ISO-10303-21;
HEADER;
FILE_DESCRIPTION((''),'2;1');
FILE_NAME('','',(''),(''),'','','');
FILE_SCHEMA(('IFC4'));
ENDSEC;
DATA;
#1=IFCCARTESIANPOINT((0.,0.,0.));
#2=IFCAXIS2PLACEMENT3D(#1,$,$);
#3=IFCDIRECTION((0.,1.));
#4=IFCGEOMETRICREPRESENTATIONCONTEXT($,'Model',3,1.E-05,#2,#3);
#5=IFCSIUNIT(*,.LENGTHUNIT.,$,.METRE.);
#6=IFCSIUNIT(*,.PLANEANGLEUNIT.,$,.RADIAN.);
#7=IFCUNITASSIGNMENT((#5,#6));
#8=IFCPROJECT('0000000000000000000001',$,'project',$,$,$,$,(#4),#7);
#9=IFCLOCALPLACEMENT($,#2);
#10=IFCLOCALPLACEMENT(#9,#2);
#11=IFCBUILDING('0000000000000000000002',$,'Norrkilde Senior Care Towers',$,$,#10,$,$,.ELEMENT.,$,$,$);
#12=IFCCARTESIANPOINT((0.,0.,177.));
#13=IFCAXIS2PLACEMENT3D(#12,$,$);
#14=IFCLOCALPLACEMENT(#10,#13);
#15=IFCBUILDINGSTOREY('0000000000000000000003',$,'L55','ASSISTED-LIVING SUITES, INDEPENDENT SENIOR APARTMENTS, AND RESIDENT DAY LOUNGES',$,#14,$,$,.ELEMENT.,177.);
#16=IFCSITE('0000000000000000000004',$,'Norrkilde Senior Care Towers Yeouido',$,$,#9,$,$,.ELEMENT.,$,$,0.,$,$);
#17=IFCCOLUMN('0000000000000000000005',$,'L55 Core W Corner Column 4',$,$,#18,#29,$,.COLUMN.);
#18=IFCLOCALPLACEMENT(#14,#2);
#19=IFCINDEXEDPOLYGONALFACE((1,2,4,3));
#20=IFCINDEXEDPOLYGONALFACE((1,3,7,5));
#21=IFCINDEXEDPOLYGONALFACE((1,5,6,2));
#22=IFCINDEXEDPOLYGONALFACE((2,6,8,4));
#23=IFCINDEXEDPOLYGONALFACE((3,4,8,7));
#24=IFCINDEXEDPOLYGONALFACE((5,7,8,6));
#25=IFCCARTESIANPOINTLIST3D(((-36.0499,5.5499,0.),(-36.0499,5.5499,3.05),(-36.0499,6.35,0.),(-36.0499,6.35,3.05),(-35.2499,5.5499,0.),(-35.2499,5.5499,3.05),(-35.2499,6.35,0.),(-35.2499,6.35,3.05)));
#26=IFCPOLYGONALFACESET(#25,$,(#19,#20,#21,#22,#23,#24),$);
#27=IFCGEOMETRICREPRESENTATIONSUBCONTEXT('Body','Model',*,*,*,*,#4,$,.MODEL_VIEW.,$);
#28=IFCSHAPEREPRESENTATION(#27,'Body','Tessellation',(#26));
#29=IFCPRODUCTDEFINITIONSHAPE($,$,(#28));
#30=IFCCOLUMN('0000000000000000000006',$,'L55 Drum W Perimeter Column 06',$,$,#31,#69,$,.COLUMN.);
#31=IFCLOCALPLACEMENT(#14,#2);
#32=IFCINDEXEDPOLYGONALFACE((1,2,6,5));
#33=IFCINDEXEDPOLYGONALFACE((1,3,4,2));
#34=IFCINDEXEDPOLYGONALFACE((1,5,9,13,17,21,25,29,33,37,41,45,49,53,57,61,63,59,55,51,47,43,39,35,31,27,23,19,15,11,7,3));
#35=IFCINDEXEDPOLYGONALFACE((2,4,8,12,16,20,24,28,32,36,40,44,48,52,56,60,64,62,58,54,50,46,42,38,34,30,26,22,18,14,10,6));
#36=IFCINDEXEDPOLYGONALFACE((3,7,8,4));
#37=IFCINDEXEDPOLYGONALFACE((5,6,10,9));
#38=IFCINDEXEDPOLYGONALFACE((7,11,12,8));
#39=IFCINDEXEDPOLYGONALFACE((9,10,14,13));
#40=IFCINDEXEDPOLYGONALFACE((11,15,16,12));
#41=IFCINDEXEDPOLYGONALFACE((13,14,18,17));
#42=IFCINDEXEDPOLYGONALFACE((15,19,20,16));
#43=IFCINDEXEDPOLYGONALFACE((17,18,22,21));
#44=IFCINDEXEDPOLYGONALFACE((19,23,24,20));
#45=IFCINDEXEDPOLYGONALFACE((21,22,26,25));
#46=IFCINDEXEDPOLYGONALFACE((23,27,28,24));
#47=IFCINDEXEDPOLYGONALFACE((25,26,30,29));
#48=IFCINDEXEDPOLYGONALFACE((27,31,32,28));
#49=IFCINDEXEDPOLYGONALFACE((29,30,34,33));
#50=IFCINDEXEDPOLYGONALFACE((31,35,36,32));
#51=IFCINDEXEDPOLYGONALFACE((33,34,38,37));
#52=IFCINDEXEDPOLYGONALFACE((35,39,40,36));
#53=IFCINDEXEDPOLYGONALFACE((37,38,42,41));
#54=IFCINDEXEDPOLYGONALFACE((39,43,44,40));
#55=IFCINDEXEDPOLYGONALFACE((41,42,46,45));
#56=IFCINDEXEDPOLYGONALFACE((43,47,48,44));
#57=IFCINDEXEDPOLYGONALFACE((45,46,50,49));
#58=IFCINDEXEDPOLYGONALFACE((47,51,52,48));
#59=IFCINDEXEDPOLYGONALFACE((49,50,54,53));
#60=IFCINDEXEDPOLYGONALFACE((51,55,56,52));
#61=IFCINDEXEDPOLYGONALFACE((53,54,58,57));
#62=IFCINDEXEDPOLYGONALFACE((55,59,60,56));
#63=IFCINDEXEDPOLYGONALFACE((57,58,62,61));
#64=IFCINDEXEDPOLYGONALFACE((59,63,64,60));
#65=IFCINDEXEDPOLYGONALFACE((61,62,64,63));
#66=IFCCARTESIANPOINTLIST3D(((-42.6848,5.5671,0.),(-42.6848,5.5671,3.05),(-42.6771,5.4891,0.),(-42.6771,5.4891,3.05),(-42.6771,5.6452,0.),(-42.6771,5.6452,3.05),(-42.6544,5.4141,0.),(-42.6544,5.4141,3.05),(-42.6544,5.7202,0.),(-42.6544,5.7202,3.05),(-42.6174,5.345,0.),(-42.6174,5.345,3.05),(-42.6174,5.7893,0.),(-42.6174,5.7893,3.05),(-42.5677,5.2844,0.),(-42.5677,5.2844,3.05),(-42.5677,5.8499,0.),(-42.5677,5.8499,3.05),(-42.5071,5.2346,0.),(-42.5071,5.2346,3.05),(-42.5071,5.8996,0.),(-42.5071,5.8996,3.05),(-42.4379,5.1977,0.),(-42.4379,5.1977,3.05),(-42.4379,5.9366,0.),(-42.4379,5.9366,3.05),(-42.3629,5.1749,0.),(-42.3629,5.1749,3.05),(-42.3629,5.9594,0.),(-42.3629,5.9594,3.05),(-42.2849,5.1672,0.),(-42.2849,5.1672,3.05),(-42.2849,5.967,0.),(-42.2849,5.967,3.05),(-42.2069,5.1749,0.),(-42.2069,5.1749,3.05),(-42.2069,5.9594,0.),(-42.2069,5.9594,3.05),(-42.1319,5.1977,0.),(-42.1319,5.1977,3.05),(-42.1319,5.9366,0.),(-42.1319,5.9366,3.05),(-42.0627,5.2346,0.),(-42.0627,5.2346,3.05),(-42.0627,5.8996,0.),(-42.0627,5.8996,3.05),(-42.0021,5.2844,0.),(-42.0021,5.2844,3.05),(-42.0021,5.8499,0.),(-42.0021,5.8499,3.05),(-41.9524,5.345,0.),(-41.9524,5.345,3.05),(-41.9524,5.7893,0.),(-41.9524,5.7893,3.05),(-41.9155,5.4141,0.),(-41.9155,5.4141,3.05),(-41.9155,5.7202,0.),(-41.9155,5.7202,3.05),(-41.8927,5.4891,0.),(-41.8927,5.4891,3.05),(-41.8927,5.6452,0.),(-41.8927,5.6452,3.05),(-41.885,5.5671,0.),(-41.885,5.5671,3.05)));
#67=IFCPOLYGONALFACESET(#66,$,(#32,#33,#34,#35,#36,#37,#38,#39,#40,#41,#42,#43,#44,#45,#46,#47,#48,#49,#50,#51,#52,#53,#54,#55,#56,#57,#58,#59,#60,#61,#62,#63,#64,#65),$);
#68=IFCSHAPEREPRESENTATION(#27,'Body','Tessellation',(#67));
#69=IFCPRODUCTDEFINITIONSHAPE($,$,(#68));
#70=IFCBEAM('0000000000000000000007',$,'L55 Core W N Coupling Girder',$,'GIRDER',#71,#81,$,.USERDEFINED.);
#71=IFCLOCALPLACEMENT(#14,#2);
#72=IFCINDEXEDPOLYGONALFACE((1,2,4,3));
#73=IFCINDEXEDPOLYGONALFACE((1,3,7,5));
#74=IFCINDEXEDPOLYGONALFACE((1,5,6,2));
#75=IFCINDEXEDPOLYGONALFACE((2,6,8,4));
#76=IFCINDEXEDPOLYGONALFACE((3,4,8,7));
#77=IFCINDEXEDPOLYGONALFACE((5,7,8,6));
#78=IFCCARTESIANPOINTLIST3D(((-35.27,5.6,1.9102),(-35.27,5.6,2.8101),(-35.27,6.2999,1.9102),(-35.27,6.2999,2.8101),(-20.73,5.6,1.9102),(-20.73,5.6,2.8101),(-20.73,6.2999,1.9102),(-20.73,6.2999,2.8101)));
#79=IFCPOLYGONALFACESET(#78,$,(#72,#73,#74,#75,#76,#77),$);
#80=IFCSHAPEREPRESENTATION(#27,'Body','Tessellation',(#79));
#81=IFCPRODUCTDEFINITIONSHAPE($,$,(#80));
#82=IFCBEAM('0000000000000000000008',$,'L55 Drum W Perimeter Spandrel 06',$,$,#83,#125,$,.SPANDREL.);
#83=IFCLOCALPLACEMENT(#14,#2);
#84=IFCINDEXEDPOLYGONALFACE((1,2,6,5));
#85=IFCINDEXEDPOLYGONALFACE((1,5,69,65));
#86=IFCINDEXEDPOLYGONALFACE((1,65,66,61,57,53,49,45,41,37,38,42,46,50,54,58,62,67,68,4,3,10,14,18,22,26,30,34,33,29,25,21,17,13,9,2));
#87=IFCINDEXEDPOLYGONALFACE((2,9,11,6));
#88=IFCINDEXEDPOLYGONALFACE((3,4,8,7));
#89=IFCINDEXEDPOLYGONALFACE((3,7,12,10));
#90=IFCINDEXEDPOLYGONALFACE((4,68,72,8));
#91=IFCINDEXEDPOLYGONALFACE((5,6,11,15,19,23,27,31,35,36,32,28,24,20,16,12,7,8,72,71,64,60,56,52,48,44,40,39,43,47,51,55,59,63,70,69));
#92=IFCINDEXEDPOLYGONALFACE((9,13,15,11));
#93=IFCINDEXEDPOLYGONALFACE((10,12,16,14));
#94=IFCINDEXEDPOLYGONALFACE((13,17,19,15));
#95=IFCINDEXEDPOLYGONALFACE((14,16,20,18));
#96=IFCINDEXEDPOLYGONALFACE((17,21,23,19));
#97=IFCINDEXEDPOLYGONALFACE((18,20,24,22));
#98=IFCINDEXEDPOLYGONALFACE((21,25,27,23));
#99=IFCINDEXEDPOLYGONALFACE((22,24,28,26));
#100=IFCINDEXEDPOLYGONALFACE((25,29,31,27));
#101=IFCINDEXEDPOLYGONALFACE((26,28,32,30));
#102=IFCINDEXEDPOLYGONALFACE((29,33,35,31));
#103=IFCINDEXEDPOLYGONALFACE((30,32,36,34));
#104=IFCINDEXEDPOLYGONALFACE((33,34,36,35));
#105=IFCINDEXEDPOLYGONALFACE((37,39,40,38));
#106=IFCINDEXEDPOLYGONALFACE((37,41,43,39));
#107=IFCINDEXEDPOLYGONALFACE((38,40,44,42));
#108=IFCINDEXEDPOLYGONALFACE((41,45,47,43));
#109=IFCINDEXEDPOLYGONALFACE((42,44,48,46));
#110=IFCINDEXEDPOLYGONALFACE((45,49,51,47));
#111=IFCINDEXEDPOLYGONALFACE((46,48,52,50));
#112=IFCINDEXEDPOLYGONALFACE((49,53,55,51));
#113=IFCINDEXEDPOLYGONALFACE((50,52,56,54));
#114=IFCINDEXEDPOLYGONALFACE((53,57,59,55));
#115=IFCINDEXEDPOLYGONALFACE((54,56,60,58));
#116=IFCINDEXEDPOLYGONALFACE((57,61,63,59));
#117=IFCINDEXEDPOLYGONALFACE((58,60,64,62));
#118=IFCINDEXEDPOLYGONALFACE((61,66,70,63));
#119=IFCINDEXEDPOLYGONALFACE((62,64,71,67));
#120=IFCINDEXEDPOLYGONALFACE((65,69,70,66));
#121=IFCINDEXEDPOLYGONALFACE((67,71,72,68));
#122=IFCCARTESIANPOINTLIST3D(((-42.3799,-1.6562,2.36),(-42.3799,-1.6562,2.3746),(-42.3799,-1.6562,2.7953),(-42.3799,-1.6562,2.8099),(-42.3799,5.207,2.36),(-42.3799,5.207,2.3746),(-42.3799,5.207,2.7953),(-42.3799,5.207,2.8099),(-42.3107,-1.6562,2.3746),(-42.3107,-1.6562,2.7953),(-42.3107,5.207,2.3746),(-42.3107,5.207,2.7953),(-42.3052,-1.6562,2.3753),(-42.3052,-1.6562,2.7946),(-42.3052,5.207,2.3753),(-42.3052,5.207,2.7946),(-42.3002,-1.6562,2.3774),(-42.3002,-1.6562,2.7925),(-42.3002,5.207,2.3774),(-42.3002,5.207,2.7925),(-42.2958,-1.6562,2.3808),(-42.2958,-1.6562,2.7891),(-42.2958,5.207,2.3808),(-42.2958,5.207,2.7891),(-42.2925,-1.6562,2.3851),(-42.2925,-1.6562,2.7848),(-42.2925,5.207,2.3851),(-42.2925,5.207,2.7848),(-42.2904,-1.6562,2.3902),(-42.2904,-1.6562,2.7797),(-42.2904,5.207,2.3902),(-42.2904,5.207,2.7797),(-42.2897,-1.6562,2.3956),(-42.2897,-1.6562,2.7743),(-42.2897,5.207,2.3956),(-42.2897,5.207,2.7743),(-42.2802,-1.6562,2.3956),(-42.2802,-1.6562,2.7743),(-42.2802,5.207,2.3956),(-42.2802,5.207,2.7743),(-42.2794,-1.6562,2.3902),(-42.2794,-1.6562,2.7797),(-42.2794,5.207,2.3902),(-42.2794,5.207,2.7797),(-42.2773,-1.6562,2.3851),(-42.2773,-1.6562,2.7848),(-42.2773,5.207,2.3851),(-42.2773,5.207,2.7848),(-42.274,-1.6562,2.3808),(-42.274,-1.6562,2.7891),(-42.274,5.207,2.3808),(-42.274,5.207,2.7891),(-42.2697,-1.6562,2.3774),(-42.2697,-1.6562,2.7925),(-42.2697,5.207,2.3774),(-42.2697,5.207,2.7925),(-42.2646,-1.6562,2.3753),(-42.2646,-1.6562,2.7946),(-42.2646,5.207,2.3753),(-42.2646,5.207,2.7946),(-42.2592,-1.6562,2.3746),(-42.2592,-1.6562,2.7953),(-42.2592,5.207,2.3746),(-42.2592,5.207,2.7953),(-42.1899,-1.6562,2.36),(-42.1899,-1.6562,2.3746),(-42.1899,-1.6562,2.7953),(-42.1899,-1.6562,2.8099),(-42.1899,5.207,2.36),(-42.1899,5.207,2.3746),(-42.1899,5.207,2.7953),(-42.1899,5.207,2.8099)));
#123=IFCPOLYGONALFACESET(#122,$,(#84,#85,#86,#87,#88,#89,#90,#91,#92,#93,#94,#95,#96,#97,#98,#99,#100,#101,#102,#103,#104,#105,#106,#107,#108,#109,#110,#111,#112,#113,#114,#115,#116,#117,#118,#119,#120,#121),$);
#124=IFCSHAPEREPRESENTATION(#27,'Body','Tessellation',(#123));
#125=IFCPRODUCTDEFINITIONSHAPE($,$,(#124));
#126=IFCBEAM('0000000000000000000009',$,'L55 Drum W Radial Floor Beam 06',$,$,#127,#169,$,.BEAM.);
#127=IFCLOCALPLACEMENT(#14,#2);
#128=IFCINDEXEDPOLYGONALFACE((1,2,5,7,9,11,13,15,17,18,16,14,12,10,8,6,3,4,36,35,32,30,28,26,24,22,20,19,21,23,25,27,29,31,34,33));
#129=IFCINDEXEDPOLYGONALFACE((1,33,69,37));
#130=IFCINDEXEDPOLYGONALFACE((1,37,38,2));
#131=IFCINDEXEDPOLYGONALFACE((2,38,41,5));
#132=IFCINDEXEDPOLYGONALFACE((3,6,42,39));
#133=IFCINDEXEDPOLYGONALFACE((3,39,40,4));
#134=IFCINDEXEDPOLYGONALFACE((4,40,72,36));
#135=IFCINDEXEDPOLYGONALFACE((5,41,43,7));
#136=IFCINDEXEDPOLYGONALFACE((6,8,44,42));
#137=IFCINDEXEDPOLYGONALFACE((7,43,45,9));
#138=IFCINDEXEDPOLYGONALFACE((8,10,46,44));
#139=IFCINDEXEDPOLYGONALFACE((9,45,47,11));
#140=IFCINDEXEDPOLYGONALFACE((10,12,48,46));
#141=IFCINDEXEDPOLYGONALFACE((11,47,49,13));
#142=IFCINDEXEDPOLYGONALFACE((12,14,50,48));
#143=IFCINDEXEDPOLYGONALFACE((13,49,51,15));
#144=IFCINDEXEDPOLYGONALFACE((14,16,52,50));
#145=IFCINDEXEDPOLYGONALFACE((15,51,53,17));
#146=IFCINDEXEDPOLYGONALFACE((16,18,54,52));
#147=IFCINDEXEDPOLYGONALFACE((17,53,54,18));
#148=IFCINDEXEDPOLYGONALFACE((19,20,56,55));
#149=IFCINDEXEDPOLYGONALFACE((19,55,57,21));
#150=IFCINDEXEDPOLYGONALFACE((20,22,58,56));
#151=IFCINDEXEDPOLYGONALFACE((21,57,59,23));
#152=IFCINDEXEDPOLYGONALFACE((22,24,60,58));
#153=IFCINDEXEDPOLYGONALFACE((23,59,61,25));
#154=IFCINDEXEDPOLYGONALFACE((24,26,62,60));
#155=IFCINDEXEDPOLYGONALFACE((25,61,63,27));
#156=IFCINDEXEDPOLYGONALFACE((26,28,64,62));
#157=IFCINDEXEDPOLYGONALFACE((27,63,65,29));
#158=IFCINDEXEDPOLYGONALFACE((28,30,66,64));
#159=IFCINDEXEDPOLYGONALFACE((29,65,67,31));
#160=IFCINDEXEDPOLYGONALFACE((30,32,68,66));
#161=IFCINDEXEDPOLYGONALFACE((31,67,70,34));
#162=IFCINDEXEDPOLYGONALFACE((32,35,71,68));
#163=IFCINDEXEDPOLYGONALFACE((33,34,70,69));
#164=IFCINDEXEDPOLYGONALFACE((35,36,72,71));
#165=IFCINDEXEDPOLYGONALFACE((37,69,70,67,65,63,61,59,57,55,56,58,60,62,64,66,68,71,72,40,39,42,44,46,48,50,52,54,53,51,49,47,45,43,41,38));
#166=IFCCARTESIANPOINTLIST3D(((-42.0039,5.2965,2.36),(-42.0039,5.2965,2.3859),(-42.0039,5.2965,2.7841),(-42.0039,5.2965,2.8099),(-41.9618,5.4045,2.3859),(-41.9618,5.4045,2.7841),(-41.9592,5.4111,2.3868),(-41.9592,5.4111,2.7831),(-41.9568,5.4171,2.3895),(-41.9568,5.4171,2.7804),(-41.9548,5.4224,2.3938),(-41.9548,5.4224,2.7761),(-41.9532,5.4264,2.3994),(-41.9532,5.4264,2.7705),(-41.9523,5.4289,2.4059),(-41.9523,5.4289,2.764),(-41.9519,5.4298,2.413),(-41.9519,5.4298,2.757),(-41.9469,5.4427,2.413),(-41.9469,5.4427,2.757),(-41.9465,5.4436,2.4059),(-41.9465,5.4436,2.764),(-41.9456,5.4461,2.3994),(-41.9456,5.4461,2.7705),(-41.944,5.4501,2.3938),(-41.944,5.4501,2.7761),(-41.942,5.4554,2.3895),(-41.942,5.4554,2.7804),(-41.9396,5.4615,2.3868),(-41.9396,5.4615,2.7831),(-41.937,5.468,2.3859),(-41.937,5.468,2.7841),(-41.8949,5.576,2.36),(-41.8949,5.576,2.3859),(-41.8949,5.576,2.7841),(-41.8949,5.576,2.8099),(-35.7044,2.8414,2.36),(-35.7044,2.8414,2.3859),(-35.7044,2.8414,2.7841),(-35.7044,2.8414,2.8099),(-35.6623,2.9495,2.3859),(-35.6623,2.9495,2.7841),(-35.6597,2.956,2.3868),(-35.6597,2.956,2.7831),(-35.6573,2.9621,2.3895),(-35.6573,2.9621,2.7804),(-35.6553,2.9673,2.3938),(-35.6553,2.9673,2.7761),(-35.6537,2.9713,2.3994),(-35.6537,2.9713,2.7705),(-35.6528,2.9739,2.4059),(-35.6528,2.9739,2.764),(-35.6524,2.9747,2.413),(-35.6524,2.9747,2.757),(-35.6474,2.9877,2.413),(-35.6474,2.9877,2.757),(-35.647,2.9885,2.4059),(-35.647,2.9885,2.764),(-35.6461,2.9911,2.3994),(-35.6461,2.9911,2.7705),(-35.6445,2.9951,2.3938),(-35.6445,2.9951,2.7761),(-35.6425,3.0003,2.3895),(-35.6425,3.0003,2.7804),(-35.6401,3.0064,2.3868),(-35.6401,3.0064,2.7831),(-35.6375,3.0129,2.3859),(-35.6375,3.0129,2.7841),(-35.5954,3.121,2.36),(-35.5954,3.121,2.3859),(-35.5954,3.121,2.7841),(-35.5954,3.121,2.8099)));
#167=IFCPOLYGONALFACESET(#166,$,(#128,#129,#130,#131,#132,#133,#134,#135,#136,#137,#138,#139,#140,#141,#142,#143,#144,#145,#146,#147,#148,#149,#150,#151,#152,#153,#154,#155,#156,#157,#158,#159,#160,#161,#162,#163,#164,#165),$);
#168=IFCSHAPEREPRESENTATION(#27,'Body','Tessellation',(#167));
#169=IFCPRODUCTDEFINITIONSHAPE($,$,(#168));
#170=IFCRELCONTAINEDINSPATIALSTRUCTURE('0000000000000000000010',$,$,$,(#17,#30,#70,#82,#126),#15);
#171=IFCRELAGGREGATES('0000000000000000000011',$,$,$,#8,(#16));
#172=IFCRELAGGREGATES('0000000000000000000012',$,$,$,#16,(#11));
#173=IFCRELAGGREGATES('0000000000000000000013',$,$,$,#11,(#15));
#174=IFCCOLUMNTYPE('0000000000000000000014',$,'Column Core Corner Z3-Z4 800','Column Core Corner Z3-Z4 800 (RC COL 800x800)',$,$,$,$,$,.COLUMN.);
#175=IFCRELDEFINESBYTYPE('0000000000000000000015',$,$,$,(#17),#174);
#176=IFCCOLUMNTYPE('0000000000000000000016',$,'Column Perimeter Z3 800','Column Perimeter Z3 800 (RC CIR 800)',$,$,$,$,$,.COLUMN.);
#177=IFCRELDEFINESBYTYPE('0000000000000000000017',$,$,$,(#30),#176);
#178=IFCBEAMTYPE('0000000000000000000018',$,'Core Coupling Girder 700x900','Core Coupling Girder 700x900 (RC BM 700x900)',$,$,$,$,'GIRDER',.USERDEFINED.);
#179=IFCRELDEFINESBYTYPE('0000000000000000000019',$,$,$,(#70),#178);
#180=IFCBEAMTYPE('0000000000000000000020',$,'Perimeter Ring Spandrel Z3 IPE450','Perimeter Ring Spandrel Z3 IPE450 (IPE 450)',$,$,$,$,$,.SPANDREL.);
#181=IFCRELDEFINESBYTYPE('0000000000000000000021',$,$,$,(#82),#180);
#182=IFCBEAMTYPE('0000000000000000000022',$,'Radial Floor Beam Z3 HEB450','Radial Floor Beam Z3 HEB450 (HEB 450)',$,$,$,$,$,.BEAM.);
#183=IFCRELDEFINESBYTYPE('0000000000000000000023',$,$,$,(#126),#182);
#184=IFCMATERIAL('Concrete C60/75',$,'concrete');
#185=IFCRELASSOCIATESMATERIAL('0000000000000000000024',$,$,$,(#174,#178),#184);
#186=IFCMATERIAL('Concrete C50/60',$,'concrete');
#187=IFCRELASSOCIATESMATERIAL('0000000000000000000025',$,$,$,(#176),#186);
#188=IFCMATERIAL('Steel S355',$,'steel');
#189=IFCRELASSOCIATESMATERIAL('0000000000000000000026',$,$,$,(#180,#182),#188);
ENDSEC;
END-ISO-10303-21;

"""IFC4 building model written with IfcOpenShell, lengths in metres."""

from ifc_helpers import new_model, si_unit, direction, frame, origin, origin_2d, place, context, subcontext, project, spatial, rectangle, circle, i_section, extrude, source, transform, mapped, material, material_profile, profile_set, type_object, type_shapes, element, save


model = new_model("IFC4")

# Units and contexts
model_context = context("Model", 3, precision=1e-05, world=origin(), true_north=direction((0.0, 1.0)))
body_context = subcontext(model_context, "Body", "Model", "MODEL_VIEW")
ifc_project = project(units=[si_unit("LENGTHUNIT", "METRE"), si_unit("PLANEANGLEUNIT", "RADIAN")], contexts=[model_context])

# Site, building, storey
site_placement = place(None, origin())
site = spatial("IfcSite", under=ifc_project, at=site_placement, Name="Norrkilde Senior Care Towers Yeouido", CompositionType="ELEMENT", RefElevation=0.0)
building_placement = place(site_placement, origin())
building = spatial("IfcBuilding", under=site, at=building_placement, Name="Norrkilde Senior Care Towers", CompositionType="ELEMENT")
storey_placement = place(building_placement, frame((0.0, 0.0, 177.0)))
storey = spatial("IfcBuildingStorey", under=building, at=storey_placement, Name="L55", Description="ASSISTED-LIVING SUITES, INDEPENDENT SENIOR APARTMENTS, AND RESIDENT DAY LOUNGES", CompositionType="ELEMENT", Elevation=177.0)

# Columns
ifc_material_1 = material(Name="Concrete C60/75", Category="concrete")
ifc_material_profile_1 = material_profile(ifc_material_1, rectangle(XDim=0.8, YDim=0.8, at=origin_2d()), Name="RC COL 800x800")
ifc_profile_set_1 = profile_set([ifc_material_profile_1], Name="Concrete C60/75")
column_type_1 = type_object("IfcColumnType", Name="Column Core Corner Z3-Z4 800", Description="Column Core Corner Z3-Z4 800 (RC COL 800x800)", PredefinedType="COLUMN", material=ifc_profile_set_1)
shared_shape_1 = source(origin(), body_context, "Body", "SweptSolid", [
    extrude(rectangle(XDim=0.8, YDim=0.8, at=origin_2d()), origin(), (0.0, 0.0, 1.0), 3.05),
])
type_shapes(column_type_1, [shared_shape_1])
column_1_placement = place(storey_placement, frame((-35.6499, 5.95, 0.0), z_axis=(0.0, 0.0, 1.0), x_axis=(1.0, 0.0, 0.0)))
element("IfcColumn", 1, at=column_1_placement, inside=storey, type_object=column_type_1, Name="L55 Core W Corner Column 4", PredefinedType="COLUMN", context=body_context, shape_type="MappedRepresentation", body=[
    mapped(shared_shape_1, transform((0.0, 0.0, 0.0), x_axis=(1.0, 0.0, 0.0), y_axis=(0.0, 1.0, 0.0), z_axis=(0.0, 0.0, 1.0), scale=1.0)),
])
ifc_material_2 = material(Name="Concrete C50/60", Category="concrete")
ifc_material_profile_2 = material_profile(ifc_material_2, circle(Radius=0.3999, at=origin_2d()), Name="RC CIR 800")
ifc_profile_set_2 = profile_set([ifc_material_profile_2], Name="Concrete C50/60")
column_type_2 = type_object("IfcColumnType", Name="Column Perimeter Z3 800", Description="Column Perimeter Z3 800 (RC CIR 800)", PredefinedType="COLUMN", material=ifc_profile_set_2)
shared_shape_2 = source(origin(), body_context, "Body", "SweptSolid", [
    extrude(circle(Radius=0.3999, at=origin_2d()), origin(), (0.0, 0.0, 1.0), 3.05),
])
type_shapes(column_type_2, [shared_shape_2])
column_2_placement = place(storey_placement, frame((-42.2849, 5.5671, 0.0), z_axis=(0.0, 0.0, 1.0), x_axis=(1.0, 0.0, 0.0)))
element("IfcColumn", 2, at=column_2_placement, inside=storey, type_object=column_type_2, Name="L55 Drum W Perimeter Column 06", PredefinedType="COLUMN", context=body_context, shape_type="MappedRepresentation", body=[
    mapped(shared_shape_2, transform((0.0, 0.0, 0.0), x_axis=(1.0, 0.0, 0.0), y_axis=(0.0, 1.0, 0.0), z_axis=(0.0, 0.0, 1.0), scale=1.0)),
])

# Beams
ifc_material_profile_3 = material_profile(ifc_material_1, rectangle(XDim=0.7, YDim=0.8999, at=origin_2d()), Name="RC BM 700x900")
ifc_profile_set_3 = profile_set([ifc_material_profile_3], Name="Concrete C60/75")
beam_type_1 = type_object("IfcBeamType", Name="Core Coupling Girder 700x900", Description="Core Coupling Girder 700x900 (RC BM 700x900)", ElementType="GIRDER", PredefinedType="USERDEFINED", material=ifc_profile_set_3)
shared_shape_3 = source(origin(), body_context, "Body", "SweptSolid", [
    extrude(rectangle(XDim=0.7, YDim=0.8999, at=origin_2d()), origin(), (0.0, 0.0, 1.0), 14.54),
])
type_shapes(beam_type_1, [shared_shape_3])
beam_1_placement = place(storey_placement, frame((-35.27, 5.95, 2.3601), z_axis=(1.0, 0.0, 0.0), x_axis=(0.0, 1.0, 0.0)))
element("IfcBeam", 3, at=beam_1_placement, inside=storey, type_object=beam_type_1, Name="L55 Core W N Coupling Girder", ObjectType="GIRDER", PredefinedType="USERDEFINED", context=body_context, shape_type="MappedRepresentation", body=[
    mapped(shared_shape_3, transform((0.0, 0.0, 0.0), x_axis=(1.0, 0.0, 0.0), y_axis=(0.0, 1.0, 0.0), z_axis=(0.0, 0.0, 1.0), scale=1.0)),
])
ifc_material_3 = material(Name="Steel S355", Category="steel")
ifc_material_profile_4 = material_profile(ifc_material_3, i_section(OverallWidth=0.1899, OverallDepth=0.45, WebThickness=0.0095, FlangeThickness=0.0146, FilletRadius=0.021, at=origin_2d()), Name="IPE 450")
ifc_profile_set_4 = profile_set([ifc_material_profile_4], Name="Steel S355")
beam_type_2 = type_object("IfcBeamType", Name="Perimeter Ring Spandrel Z3 IPE450", Description="Perimeter Ring Spandrel Z3 IPE450 (IPE 450)", PredefinedType="SPANDREL", material=ifc_profile_set_4)
shared_shape_4 = source(origin(), body_context, "Body", "SweptSolid", [
    extrude(i_section(OverallWidth=0.1899, OverallDepth=0.45, WebThickness=0.0095, FlangeThickness=0.0146, FilletRadius=0.021, at=origin_2d()), origin(), (0.0, 0.0, 1.0), 6.8633),
])
type_shapes(beam_type_2, [shared_shape_4])
beam_2_placement = place(storey_placement, frame((-42.2849, 5.207, 2.585), z_axis=(0.0, -1.0, 0.0), x_axis=(1.0, 0.0, 0.0)))
element("IfcBeam", 4, at=beam_2_placement, inside=storey, type_object=beam_type_2, Name="L55 Drum W Perimeter Spandrel 06", PredefinedType="SPANDREL", context=body_context, shape_type="MappedRepresentation", body=[
    mapped(shared_shape_4, transform((0.0, 0.0, 0.0), x_axis=(1.0, 0.0, 0.0), y_axis=(0.0, 1.0, 0.0), z_axis=(0.0, 0.0, 1.0), scale=1.0)),
])
ifc_material_profile_5 = material_profile(ifc_material_3, i_section(OverallWidth=0.3, OverallDepth=0.45, WebThickness=0.0139, FlangeThickness=0.0259, FilletRadius=0.0271, at=origin_2d()), Name="HEB 450")
ifc_profile_set_5 = profile_set([ifc_material_profile_5], Name="Steel S355")
beam_type_3 = type_object("IfcBeamType", Name="Radial Floor Beam Z3 HEB450", Description="Radial Floor Beam Z3 HEB450 (HEB 450)", PredefinedType="BEAM", material=ifc_profile_set_5)
shared_shape_5 = source(origin(), body_context, "Body", "SweptSolid", [
    extrude(i_section(OverallWidth=0.3, OverallDepth=0.45, WebThickness=0.0139, FlangeThickness=0.0259, FilletRadius=0.0271, at=origin_2d()), origin(), (0.0, 0.0, 1.0), 6.761),
])
type_shapes(beam_type_3, [shared_shape_5])
beam_3_placement = place(storey_placement, frame((-35.6499, 2.9812, 2.585), z_axis=(-0.931742, 0.363121, 0.0), x_axis=(-0.363121, -0.931742, 0.0)))
element("IfcBeam", 5, at=beam_3_placement, inside=storey, type_object=beam_type_3, Name="L55 Drum W Radial Floor Beam 06", PredefinedType="BEAM", context=body_context, shape_type="MappedRepresentation", body=[
    mapped(shared_shape_5, transform((0.0, 0.0, 0.0), x_axis=(1.0, 0.0, 0.0), y_axis=(0.0, 1.0, 0.0), z_axis=(0.0, 0.0, 1.0), scale=1.0)),
])

save(model, "model.ifc")
